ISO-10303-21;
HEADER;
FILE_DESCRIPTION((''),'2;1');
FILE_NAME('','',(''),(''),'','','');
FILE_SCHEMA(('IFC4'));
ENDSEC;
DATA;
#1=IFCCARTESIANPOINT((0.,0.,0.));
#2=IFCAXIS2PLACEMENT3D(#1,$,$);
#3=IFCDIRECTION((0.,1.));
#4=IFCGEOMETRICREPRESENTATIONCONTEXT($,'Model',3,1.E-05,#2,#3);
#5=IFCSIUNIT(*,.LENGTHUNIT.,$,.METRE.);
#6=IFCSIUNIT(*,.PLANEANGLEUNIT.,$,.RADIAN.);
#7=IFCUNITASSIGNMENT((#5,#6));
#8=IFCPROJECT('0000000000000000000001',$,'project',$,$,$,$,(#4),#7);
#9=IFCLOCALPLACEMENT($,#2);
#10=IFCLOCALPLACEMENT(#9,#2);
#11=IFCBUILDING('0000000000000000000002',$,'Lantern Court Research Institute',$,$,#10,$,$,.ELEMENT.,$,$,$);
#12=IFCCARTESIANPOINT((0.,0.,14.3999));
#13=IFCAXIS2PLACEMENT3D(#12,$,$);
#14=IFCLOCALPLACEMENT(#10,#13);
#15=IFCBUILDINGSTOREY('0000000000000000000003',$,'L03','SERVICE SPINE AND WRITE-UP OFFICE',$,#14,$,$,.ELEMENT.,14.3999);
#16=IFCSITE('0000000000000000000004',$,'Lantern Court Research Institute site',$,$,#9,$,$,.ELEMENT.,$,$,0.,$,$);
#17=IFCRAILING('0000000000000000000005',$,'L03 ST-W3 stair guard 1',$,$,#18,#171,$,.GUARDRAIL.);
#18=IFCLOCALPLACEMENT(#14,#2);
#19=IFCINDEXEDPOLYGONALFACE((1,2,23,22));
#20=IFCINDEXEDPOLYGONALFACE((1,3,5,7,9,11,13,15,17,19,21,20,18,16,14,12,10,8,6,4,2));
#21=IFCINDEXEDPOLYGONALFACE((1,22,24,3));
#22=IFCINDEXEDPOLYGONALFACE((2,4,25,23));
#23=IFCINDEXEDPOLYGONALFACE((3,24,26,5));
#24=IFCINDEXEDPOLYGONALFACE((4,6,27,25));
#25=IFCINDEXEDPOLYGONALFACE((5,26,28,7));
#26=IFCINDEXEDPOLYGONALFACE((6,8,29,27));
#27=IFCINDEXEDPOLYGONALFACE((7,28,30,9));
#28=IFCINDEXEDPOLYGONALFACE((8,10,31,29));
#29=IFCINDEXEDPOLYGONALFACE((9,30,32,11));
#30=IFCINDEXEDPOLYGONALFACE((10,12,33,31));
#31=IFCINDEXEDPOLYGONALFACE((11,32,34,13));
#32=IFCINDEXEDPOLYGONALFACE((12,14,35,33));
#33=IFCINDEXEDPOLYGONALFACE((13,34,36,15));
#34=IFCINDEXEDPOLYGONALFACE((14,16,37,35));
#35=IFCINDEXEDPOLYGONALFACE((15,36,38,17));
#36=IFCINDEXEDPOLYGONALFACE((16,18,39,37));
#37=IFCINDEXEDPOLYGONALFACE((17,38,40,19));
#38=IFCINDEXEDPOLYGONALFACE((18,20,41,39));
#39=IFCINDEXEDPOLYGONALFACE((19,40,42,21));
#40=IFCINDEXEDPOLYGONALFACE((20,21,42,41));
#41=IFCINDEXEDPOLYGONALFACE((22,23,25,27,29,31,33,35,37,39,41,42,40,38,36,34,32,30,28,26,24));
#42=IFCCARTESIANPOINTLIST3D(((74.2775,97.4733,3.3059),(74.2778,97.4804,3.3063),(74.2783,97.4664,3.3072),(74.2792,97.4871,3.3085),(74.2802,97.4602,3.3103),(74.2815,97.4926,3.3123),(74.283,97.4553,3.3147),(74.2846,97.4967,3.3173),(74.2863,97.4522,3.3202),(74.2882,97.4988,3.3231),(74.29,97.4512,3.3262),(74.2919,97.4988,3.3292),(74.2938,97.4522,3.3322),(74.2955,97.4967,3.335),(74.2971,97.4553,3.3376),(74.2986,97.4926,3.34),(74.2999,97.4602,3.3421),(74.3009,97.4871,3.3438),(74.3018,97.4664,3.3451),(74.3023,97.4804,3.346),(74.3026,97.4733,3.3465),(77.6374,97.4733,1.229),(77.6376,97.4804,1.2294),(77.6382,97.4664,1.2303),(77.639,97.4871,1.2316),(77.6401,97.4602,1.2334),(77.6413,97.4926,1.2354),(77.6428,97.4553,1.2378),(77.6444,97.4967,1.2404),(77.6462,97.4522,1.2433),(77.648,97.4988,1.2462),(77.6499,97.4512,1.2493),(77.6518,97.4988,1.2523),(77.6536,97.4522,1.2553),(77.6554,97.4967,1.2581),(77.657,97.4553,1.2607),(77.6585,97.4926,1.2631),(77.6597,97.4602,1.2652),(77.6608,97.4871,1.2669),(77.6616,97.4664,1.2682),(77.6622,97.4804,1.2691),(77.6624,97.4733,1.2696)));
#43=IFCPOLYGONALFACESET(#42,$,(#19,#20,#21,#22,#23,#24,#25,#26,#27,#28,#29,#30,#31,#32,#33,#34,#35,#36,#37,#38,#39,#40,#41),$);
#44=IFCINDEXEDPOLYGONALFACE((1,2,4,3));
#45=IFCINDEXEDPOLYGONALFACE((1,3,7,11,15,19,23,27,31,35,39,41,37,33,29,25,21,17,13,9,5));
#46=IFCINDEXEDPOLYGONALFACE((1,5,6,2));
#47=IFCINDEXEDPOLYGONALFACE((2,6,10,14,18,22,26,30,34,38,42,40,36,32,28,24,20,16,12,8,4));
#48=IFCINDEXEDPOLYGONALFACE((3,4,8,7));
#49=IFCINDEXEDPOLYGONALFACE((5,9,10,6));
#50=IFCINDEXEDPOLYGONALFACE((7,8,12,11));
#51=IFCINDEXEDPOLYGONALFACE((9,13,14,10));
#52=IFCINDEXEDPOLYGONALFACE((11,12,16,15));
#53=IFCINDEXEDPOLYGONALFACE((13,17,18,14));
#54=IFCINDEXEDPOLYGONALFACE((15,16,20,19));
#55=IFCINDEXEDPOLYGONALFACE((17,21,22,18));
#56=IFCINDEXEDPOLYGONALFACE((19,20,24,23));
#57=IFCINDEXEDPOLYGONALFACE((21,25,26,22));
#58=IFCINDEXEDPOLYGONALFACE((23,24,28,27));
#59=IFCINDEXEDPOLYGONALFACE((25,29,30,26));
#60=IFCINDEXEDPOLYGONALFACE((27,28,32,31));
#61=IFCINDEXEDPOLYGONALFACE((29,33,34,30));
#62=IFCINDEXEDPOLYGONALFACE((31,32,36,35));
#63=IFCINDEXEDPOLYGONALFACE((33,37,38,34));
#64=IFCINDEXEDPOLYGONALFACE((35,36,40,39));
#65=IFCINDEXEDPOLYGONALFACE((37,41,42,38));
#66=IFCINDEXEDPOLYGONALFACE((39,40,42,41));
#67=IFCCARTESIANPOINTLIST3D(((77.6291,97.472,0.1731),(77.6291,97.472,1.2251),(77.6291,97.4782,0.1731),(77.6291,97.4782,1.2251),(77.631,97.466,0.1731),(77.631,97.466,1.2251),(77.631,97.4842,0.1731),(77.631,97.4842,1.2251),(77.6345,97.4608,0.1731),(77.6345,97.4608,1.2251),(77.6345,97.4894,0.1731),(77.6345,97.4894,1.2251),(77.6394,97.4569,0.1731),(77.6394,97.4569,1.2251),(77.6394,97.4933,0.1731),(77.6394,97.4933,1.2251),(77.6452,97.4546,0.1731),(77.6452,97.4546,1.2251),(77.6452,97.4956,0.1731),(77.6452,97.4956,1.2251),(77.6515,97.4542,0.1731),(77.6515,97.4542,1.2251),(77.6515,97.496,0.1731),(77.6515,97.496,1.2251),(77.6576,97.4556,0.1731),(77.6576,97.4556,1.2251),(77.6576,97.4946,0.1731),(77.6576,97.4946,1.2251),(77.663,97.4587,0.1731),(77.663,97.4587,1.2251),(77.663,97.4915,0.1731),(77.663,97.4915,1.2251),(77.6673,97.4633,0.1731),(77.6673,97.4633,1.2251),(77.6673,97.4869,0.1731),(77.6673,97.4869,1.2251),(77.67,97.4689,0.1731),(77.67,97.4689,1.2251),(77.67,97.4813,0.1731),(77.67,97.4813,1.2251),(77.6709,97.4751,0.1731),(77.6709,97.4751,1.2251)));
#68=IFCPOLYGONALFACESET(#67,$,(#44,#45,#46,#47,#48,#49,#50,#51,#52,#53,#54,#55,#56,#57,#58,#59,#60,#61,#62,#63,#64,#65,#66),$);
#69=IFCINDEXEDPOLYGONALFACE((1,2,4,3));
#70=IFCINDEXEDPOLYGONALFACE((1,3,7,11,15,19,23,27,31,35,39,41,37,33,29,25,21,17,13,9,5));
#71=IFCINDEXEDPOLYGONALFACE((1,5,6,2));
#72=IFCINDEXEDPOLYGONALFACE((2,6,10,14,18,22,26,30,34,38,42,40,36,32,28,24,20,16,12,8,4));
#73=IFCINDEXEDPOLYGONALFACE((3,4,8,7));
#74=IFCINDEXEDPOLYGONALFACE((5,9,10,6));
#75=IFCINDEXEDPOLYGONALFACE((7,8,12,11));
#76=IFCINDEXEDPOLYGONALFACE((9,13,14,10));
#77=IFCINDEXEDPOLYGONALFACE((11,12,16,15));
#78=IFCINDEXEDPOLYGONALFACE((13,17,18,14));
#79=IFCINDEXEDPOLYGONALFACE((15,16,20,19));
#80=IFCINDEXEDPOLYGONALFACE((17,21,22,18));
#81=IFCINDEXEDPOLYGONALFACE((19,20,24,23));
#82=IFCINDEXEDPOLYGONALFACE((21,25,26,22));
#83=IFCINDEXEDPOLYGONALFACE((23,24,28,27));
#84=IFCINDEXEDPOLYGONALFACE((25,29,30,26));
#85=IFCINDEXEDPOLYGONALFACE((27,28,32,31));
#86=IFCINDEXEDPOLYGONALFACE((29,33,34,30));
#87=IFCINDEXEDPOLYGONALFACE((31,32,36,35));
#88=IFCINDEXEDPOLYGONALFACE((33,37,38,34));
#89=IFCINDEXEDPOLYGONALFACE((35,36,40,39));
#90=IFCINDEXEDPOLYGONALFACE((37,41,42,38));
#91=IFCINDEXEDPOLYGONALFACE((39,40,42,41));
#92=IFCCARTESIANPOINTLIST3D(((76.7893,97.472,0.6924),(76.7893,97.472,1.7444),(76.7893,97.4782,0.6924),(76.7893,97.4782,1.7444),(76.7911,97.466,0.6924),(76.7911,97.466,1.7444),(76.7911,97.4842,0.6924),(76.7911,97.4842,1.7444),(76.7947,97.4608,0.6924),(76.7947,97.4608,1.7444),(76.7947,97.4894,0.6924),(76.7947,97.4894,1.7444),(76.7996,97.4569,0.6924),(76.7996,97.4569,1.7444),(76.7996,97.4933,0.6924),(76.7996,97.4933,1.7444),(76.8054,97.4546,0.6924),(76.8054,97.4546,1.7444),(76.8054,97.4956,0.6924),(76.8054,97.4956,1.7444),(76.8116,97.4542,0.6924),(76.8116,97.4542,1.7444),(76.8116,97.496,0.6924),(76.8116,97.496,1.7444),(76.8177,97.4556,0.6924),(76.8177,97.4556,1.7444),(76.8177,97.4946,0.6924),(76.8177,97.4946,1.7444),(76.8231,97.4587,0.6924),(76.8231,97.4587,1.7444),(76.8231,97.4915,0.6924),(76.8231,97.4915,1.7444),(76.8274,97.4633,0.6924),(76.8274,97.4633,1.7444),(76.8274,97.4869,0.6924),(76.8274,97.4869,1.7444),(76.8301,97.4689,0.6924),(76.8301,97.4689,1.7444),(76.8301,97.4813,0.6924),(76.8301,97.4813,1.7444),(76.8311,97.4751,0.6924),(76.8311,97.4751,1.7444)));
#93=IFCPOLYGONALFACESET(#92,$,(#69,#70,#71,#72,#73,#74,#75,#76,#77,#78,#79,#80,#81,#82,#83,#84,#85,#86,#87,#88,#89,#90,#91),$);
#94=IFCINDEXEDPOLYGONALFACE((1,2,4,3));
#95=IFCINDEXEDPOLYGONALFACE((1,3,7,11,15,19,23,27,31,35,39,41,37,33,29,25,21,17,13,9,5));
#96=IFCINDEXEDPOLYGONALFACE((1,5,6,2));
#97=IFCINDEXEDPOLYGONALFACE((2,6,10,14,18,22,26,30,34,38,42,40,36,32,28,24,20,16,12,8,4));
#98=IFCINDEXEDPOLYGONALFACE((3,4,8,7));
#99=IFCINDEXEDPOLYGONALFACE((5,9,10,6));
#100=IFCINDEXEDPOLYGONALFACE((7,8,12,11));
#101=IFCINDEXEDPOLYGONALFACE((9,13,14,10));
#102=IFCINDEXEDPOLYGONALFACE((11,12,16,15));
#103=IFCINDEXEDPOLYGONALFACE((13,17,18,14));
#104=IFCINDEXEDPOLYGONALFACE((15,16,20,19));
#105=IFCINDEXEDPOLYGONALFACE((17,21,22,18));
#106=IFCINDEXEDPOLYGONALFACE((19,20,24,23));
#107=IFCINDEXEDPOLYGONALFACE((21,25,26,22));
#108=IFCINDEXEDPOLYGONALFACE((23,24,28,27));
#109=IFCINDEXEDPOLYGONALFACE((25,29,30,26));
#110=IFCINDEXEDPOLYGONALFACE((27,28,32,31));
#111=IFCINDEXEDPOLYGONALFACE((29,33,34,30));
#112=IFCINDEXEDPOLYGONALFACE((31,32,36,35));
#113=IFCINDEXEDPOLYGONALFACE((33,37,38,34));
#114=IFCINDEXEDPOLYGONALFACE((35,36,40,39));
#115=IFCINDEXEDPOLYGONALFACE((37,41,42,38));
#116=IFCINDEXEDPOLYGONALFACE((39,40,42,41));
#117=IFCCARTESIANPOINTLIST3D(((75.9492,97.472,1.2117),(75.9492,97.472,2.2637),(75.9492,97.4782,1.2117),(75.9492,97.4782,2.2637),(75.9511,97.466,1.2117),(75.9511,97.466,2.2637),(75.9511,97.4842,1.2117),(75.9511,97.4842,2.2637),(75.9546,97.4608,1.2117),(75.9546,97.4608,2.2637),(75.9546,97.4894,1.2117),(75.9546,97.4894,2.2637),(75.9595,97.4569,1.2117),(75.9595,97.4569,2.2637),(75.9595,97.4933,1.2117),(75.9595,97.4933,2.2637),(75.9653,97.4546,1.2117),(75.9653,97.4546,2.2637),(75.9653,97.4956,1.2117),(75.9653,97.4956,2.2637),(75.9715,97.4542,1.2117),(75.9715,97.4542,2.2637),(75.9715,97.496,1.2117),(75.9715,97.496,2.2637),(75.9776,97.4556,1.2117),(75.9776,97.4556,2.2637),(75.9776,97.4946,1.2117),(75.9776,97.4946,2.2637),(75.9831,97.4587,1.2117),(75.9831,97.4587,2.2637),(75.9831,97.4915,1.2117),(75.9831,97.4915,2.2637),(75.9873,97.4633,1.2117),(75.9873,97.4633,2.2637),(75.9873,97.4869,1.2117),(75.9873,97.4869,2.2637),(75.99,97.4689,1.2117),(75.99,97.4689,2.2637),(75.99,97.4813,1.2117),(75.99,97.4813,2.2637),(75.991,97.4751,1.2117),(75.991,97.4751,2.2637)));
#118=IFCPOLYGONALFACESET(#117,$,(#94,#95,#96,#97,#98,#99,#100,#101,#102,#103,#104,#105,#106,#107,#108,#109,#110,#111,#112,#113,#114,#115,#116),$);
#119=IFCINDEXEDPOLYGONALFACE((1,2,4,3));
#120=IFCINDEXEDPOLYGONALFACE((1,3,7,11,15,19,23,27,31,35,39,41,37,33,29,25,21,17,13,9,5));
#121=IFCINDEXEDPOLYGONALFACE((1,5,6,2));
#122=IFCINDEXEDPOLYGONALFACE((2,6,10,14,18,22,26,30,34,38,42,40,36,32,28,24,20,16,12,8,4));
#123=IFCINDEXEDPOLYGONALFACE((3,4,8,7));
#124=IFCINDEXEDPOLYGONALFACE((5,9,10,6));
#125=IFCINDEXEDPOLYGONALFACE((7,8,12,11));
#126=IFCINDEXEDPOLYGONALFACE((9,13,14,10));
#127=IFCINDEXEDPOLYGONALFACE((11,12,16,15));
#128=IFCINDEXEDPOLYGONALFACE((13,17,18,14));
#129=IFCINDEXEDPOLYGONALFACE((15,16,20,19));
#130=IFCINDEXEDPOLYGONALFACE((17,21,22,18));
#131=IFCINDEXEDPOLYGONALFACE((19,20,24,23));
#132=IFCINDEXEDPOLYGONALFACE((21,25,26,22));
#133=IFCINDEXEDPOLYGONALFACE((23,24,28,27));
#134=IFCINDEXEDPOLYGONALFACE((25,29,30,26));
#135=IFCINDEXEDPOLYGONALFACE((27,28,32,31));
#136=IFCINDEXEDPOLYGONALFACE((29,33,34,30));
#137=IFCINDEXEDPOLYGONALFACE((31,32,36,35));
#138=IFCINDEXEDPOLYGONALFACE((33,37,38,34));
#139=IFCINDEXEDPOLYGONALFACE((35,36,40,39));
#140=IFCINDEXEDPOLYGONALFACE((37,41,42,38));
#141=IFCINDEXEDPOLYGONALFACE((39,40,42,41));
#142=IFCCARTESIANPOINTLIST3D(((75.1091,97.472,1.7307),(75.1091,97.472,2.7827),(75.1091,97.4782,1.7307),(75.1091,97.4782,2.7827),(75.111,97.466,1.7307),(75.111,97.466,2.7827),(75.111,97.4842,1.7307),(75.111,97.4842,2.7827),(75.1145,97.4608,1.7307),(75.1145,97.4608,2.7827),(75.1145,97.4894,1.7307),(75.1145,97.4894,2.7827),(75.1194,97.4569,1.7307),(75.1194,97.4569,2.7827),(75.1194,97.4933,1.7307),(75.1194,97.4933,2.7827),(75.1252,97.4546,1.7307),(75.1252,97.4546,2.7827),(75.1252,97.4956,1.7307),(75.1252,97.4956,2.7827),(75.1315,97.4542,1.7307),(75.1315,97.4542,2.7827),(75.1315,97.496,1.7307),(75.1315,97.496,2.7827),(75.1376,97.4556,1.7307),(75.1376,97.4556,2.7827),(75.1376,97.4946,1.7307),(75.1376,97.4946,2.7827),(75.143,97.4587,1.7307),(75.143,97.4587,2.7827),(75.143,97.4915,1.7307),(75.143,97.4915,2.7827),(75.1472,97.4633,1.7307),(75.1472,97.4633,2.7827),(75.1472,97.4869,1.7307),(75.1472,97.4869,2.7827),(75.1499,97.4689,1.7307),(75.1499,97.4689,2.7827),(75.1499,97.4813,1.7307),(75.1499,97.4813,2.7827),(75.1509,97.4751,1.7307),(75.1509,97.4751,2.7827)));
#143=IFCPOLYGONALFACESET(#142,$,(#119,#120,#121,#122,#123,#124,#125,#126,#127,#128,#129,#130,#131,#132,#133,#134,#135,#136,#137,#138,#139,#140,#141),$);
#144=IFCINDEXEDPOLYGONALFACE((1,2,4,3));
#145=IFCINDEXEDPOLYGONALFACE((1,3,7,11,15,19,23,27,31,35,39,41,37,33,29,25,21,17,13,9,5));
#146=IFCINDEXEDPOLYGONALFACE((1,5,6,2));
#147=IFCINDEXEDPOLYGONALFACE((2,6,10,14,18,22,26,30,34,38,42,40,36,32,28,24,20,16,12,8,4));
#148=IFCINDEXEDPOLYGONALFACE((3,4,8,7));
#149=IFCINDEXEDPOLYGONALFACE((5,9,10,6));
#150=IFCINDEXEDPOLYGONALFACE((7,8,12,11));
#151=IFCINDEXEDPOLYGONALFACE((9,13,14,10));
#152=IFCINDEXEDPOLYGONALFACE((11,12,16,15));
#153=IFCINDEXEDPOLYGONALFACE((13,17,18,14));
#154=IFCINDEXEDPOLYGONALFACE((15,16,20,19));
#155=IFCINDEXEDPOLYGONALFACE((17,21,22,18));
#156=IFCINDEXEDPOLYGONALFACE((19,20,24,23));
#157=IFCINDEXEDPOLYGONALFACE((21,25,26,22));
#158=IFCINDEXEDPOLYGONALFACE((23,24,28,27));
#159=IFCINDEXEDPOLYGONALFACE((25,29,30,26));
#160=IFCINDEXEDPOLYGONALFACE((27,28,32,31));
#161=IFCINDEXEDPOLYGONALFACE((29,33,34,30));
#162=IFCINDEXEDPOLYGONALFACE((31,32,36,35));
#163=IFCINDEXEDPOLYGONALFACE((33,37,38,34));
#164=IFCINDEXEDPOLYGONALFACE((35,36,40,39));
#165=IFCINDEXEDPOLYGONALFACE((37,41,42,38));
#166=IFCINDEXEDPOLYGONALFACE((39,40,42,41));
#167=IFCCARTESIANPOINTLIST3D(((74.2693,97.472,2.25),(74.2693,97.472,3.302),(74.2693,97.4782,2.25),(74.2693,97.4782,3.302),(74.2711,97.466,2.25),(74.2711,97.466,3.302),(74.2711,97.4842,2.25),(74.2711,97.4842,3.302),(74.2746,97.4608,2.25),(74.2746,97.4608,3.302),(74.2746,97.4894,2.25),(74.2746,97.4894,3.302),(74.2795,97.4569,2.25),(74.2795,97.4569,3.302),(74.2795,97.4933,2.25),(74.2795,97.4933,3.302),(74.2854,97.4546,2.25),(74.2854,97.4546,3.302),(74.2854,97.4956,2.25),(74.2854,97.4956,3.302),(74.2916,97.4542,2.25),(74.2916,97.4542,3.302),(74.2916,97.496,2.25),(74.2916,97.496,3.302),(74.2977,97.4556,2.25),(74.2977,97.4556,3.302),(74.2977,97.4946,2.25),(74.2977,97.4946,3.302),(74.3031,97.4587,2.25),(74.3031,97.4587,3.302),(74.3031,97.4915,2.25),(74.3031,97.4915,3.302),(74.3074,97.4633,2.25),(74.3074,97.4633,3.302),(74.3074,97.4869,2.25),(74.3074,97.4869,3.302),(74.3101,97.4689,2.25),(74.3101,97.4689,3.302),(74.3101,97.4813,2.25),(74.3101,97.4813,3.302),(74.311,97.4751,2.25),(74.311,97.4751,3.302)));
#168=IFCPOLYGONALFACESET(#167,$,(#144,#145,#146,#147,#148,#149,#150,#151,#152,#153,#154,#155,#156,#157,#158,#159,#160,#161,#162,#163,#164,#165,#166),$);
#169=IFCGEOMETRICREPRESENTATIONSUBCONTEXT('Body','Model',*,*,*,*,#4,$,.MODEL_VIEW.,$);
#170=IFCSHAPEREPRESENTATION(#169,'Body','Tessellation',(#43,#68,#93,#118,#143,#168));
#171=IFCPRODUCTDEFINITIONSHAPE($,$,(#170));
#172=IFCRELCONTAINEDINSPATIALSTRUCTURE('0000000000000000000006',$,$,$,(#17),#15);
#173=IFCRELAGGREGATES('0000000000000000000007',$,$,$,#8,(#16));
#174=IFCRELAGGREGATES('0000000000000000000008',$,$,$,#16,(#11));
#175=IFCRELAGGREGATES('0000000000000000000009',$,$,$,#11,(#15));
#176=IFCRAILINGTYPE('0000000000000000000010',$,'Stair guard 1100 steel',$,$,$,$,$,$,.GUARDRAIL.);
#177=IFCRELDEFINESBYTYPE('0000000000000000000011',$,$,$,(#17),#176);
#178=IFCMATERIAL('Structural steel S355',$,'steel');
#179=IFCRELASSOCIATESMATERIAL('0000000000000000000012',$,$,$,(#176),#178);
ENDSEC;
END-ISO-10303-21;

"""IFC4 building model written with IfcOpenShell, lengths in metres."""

from ifc_helpers import new_model, si_unit, direction, frame, origin, origin_2d, place, context, subcontext, project, spatial, circle, extrude, material, type_object, element, save


model = new_model("IFC4")

# Units and contexts
model_context = context("Model", 3, precision=1e-05, world=origin(), true_north=direction((0.0, 1.0)))
body_context = subcontext(model_context, "Body", "Model", "MODEL_VIEW")
ifc_project = project(units=[si_unit("LENGTHUNIT", "METRE"), si_unit("PLANEANGLEUNIT", "RADIAN")], contexts=[model_context])

# Site, building, storey
site_placement = place(None, origin())
site = spatial("IfcSite", under=ifc_project, at=site_placement, Name="Lantern Court Research Institute site", CompositionType="ELEMENT", RefElevation=0.0)
building_placement = place(site_placement, origin())
building = spatial("IfcBuilding", under=site, at=building_placement, Name="Lantern Court Research Institute", CompositionType="ELEMENT")
storey_placement = place(building_placement, frame((0.0, 0.0, 14.3999)))
storey = spatial("IfcBuildingStorey", under=building, at=storey_placement, Name="L03", Description="SERVICE SPINE AND WRITE-UP OFFICE", CompositionType="ELEMENT", Elevation=14.3999)

# Railing
ifc_material_1 = material(Name="Structural steel S355", Category="steel")
railing_type_1 = type_object("IfcRailingType", Name="Stair guard 1100 steel", PredefinedType="GUARDRAIL", material=ifc_material_1)
railing_1_placement = place(storey_placement, frame((77.6499, 97.4751, 0.1731)))
element("IfcRailing", 1, at=railing_1_placement, inside=storey, type_object=railing_type_1, Name="L03 ST-W3 stair guard 1", PredefinedType="GUARDRAIL", context=body_context, shape_type="SweptSolid", body=[
    extrude(circle(Radius=0.0239, at=origin_2d()), frame((0.0, 0.0, 1.0762), z_axis=(-0.850606, 0.0, 0.525803), x_axis=(0.0, -1.0, 0.0)), (0.0, 0.0, 1.0), 3.95),
    extrude(circle(Radius=0.021, at=origin_2d()), origin(), (0.0, 0.0, 1.0), 1.052),
    extrude(circle(Radius=0.021, at=origin_2d()), frame((-0.8398, 0.0, 0.5193)), (0.0, 0.0, 1.0), 1.052),
    extrude(circle(Radius=0.021, at=origin_2d()), frame((-1.6799, 0.0, 1.0386)), (0.0, 0.0, 1.0), 1.052),
    extrude(circle(Radius=0.021, at=origin_2d()), frame((-2.52, 0.0, 1.5576)), (0.0, 0.0, 1.0), 1.052),
    extrude(circle(Radius=0.021, at=origin_2d()), frame((-3.3599, 0.0, 2.0769)), (0.0, 0.0, 1.0), 1.052),
])

save(model, "model.ifc")
